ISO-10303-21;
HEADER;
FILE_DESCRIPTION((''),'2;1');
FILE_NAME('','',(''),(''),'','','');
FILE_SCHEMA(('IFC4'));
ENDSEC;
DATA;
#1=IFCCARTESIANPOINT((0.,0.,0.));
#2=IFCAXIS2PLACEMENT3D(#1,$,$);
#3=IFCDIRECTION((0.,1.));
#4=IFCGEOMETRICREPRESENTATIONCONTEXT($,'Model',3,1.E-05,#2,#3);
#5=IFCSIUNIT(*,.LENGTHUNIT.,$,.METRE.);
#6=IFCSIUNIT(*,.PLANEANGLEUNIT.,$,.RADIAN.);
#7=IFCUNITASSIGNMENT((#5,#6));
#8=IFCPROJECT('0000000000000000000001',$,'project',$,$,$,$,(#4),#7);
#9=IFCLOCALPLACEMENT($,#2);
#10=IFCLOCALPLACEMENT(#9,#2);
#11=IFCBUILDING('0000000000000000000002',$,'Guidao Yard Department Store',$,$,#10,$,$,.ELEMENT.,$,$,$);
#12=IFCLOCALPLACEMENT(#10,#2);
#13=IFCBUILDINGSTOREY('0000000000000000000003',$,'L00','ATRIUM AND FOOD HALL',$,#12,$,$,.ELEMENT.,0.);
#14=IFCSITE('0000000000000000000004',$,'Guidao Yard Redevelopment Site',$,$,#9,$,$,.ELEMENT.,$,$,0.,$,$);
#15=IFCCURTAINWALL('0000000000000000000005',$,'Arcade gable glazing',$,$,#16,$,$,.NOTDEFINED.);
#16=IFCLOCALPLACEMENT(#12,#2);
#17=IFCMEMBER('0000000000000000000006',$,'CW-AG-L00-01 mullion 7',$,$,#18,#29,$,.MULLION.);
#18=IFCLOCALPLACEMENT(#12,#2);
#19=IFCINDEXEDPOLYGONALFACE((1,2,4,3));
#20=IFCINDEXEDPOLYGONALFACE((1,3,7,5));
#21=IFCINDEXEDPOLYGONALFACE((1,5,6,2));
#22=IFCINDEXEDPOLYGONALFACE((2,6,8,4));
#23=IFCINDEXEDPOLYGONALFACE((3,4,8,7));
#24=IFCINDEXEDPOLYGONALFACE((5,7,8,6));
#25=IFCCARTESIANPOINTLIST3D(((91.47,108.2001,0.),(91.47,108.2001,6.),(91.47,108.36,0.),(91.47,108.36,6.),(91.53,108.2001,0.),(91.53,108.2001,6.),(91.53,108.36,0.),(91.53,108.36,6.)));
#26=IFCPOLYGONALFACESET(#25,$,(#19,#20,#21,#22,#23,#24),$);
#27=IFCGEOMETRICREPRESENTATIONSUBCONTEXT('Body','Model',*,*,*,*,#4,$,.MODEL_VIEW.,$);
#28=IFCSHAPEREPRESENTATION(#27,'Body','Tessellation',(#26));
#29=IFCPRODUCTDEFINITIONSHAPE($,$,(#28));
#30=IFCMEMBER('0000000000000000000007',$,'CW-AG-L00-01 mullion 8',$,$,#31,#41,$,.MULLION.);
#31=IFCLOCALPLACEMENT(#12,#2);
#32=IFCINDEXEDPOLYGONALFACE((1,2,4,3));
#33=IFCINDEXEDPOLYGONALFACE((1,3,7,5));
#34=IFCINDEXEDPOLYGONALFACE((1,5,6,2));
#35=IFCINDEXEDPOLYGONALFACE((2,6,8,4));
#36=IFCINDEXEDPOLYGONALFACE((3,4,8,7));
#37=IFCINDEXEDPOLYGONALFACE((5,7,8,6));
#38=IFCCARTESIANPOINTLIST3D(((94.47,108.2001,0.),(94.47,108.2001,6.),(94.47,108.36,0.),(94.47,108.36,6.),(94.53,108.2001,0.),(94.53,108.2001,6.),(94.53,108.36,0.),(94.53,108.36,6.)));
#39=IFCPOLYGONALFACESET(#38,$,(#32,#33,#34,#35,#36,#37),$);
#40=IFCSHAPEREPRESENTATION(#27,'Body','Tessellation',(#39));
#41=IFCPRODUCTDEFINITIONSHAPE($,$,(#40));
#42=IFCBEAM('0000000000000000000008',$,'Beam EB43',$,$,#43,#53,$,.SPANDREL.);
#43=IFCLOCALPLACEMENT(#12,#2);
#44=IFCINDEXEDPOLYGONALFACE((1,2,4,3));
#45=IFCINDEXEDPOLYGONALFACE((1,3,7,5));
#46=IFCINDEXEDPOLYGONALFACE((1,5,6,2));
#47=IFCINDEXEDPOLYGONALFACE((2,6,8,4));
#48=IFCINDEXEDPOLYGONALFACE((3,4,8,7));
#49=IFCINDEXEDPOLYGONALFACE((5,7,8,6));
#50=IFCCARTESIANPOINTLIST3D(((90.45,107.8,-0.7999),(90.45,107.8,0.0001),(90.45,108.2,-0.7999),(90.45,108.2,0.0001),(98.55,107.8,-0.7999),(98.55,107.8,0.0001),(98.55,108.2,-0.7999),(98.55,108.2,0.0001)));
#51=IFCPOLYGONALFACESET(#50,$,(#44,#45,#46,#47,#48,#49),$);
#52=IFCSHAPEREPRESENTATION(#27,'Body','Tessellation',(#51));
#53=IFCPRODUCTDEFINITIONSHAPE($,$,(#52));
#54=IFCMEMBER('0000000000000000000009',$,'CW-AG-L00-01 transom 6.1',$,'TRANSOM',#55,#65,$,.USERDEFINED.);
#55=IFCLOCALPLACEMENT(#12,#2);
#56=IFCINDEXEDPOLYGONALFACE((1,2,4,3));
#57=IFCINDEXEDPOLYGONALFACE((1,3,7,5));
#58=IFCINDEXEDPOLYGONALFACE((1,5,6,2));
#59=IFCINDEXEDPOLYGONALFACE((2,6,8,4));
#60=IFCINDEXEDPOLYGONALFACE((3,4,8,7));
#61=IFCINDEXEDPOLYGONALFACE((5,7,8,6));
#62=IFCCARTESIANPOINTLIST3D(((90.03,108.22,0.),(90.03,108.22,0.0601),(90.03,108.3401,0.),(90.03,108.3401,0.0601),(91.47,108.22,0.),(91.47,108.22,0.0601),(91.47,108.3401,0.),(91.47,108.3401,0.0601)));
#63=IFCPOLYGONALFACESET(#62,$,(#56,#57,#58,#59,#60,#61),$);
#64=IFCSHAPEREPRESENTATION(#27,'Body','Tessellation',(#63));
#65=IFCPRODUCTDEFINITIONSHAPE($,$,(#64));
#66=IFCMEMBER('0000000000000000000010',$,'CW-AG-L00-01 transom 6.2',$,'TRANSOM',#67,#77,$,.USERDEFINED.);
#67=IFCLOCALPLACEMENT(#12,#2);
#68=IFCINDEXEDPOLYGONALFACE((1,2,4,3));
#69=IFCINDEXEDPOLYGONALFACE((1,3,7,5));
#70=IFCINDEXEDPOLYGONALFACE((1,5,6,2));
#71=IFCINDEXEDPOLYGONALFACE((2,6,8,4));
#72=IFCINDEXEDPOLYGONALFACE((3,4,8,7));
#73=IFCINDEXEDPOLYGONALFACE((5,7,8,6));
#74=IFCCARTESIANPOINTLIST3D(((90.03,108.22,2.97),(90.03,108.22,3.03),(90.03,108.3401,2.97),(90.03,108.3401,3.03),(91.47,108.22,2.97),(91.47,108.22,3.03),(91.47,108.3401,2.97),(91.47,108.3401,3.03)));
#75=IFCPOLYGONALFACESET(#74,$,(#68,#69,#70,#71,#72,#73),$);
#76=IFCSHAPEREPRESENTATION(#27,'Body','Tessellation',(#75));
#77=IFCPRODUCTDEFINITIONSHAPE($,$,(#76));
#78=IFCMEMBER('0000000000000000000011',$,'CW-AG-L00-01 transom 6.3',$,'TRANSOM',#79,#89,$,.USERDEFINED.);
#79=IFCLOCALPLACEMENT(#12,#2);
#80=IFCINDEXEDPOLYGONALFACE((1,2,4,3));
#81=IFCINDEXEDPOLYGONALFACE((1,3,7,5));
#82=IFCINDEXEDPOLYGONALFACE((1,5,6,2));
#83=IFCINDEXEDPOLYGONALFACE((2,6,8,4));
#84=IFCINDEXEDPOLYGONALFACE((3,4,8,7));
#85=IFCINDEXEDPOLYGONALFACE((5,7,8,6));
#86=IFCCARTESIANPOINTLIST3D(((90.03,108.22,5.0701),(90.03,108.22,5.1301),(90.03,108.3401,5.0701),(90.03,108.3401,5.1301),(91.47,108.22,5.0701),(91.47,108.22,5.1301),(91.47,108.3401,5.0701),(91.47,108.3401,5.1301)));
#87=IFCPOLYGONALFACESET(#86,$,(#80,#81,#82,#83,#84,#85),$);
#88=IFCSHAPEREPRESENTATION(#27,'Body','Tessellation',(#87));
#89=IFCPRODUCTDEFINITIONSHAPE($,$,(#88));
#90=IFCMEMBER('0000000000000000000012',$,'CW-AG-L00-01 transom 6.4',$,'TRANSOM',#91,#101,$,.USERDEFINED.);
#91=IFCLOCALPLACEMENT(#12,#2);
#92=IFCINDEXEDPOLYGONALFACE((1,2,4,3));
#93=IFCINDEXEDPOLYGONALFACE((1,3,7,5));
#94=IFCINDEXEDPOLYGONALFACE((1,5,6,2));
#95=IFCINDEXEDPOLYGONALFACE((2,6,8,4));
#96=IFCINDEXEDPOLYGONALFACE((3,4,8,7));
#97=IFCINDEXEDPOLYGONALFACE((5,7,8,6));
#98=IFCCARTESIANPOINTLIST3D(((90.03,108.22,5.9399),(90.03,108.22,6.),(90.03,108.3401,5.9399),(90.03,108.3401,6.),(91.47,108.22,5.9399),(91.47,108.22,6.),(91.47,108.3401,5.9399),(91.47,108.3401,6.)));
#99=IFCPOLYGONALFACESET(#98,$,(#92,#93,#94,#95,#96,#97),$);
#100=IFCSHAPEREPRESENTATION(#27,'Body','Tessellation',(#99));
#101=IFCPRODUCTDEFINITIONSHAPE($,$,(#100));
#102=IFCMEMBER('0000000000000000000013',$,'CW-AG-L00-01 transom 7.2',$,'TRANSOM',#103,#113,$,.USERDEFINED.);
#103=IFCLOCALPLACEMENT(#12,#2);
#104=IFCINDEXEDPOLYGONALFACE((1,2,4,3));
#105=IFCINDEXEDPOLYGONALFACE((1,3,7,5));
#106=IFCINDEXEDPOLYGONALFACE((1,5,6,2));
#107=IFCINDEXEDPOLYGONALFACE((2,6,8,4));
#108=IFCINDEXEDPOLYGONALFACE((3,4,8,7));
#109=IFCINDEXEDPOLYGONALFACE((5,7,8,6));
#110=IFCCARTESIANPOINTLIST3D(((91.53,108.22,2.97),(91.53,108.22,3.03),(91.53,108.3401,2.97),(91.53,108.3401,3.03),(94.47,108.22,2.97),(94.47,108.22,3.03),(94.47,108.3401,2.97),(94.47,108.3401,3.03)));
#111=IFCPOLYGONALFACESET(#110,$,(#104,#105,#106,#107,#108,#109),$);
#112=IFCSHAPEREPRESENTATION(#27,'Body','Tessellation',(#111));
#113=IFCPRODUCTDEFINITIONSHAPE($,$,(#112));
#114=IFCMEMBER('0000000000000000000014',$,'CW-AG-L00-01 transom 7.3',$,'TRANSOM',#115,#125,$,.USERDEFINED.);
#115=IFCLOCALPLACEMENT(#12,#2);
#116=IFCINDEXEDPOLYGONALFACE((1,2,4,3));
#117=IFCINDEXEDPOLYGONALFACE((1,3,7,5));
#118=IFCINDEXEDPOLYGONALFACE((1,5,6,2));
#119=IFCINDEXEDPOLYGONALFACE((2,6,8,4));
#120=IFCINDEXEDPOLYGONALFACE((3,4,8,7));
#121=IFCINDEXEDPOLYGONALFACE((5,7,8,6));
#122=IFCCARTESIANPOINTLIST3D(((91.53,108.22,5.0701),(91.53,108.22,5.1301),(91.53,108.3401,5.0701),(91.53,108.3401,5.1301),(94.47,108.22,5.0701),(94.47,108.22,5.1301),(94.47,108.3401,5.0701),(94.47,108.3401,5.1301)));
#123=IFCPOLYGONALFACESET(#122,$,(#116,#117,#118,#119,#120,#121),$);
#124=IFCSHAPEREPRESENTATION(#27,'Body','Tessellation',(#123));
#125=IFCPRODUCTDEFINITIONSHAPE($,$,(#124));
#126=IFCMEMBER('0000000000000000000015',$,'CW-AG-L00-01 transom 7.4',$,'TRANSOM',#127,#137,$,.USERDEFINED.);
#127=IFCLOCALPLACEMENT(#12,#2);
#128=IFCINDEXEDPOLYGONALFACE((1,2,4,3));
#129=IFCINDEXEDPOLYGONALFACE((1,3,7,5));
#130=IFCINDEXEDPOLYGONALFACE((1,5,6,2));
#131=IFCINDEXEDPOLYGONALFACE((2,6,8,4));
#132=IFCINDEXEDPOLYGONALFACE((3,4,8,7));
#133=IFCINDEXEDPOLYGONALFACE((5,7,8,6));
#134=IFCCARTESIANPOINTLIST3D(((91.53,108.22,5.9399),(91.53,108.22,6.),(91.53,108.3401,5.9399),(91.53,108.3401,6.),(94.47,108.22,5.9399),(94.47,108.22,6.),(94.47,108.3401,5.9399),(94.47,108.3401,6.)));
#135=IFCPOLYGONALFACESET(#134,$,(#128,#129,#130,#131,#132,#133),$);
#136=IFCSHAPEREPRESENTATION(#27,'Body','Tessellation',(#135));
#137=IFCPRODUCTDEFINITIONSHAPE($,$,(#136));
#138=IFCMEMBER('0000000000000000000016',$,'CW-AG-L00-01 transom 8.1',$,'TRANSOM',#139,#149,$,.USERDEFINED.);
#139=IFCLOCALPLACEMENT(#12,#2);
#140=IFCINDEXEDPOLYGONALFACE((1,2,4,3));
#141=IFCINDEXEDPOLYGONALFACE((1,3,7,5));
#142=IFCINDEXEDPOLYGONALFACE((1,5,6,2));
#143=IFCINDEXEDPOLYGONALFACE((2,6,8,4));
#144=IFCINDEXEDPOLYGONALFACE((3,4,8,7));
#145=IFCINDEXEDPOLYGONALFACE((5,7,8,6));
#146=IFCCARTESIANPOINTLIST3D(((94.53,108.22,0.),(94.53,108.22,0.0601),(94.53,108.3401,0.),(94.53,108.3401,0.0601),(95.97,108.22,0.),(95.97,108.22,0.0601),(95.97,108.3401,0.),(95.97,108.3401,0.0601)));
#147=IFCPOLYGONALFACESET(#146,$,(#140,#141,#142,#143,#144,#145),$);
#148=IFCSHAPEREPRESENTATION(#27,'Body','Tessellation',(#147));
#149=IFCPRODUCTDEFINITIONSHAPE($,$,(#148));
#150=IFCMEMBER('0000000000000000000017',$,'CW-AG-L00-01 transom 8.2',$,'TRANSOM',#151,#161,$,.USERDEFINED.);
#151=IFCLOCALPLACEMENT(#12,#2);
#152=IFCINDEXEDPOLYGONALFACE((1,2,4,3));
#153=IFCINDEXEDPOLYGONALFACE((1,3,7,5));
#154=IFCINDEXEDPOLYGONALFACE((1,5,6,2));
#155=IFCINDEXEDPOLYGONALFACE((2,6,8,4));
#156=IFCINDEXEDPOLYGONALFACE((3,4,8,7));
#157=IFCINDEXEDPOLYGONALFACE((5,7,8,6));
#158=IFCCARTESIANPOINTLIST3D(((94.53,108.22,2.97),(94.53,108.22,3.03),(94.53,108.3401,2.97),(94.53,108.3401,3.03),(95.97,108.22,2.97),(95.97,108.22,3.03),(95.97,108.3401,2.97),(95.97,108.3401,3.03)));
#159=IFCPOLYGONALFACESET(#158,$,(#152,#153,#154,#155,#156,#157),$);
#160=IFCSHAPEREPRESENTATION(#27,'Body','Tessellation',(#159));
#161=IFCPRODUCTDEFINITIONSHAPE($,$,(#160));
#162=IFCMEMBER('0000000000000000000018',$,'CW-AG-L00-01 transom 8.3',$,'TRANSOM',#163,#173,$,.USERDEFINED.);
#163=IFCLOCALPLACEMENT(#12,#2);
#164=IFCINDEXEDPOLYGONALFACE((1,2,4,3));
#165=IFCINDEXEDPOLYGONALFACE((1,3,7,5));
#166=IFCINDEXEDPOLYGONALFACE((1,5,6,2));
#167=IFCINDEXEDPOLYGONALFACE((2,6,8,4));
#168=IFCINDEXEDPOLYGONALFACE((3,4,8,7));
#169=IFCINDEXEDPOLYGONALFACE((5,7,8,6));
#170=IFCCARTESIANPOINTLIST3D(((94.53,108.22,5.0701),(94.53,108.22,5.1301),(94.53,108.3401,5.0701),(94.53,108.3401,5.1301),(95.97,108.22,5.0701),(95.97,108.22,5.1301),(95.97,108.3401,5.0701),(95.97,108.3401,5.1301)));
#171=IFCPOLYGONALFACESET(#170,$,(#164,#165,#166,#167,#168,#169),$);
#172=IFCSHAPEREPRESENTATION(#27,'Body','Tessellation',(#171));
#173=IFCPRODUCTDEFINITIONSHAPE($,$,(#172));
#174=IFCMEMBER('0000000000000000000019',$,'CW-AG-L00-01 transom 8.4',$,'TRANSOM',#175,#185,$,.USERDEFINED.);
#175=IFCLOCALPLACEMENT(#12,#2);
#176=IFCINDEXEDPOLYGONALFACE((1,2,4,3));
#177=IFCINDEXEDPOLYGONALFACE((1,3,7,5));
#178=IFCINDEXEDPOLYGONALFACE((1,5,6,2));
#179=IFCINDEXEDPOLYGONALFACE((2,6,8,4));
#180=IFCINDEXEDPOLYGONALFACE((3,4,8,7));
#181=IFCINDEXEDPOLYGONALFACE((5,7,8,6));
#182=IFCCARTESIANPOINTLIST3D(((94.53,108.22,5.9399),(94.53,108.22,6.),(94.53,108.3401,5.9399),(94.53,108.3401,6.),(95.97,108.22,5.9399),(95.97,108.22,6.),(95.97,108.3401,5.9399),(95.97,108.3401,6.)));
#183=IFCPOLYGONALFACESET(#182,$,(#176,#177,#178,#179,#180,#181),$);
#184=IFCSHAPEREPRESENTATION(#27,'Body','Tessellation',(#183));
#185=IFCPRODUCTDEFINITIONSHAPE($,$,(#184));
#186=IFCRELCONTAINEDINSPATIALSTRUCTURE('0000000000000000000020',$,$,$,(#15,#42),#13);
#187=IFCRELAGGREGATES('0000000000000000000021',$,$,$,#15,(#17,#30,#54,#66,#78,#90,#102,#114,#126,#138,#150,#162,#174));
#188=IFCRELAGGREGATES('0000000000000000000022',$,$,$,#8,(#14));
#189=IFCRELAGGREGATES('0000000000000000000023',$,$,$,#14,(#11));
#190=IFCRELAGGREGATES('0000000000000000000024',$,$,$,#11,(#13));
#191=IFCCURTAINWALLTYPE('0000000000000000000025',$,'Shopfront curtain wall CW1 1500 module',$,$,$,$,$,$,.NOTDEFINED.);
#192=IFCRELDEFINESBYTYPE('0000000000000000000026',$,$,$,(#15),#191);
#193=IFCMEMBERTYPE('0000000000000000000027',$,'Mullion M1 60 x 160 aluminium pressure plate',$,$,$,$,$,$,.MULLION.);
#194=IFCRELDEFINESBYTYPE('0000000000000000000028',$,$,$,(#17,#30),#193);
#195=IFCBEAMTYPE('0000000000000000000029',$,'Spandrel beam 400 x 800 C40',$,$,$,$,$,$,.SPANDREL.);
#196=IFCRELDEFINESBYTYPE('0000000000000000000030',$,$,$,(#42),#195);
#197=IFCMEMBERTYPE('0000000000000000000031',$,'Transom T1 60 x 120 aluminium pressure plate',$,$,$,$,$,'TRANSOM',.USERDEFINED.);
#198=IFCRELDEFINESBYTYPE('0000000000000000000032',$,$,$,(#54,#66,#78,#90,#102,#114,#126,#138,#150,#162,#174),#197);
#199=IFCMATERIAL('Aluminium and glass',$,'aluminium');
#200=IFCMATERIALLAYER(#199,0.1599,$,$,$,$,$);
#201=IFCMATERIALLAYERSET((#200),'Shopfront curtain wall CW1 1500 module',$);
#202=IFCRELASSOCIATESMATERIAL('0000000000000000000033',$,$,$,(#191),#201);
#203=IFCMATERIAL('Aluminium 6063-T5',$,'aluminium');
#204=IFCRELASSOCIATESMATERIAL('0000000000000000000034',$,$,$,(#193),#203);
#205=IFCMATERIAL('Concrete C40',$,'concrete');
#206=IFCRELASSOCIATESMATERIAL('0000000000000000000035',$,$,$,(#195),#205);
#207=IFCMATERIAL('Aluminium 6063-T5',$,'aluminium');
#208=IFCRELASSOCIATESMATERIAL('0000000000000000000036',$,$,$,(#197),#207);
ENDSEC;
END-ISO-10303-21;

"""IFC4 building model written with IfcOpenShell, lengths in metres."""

from ifc_helpers import new_model, si_unit, direction, frame, origin, origin_2d, place, context, subcontext, project, spatial, rectangle, extrude, material, layer, layer_set, material_profile, profile_set, type_object, element, aggregate, save


model = new_model("IFC4")

# Units and contexts
model_context = context("Model", 3, precision=1e-05, world=origin(), true_north=direction((0.0, 1.0)))
body_context = subcontext(model_context, "Body", "Model", "MODEL_VIEW")
ifc_project = project(units=[si_unit("LENGTHUNIT", "METRE"), si_unit("PLANEANGLEUNIT", "RADIAN")], contexts=[model_context])

# Site, building, storey
site_placement = place(None, origin())
site = spatial("IfcSite", under=ifc_project, at=site_placement, Name="Guidao Yard Redevelopment Site", CompositionType="ELEMENT", RefElevation=0.0)
building_placement = place(site_placement, origin())
building = spatial("IfcBuilding", under=site, at=building_placement, Name="Guidao Yard Department Store", CompositionType="ELEMENT")
storey_placement = place(building_placement, origin())
storey = spatial("IfcBuildingStorey", under=building, at=storey_placement, Name="L00", Description="ATRIUM AND FOOD HALL", CompositionType="ELEMENT", Elevation=0.0)

# Curtain wall, members
ifc_material_1 = material(Name="Aluminium and glass", Category="aluminium")
ifc_layer_1 = layer(ifc_material_1, 0.1599)
ifc_layer_set_1 = layer_set([ifc_layer_1], Name="Shopfront curtain wall CW1 1500 module")
curtain_wall_type = type_object("IfcCurtainWallType", Name="Shopfront curtain wall CW1 1500 module", PredefinedType="NOTDEFINED", material=ifc_layer_set_1)
curtain_wall_placement = place(storey_placement, origin())
curtain_wall = element("IfcCurtainWall", 1, at=curtain_wall_placement, inside=storey, type_object=curtain_wall_type, Name="Arcade gable glazing", PredefinedType="NOTDEFINED")
ifc_material_2 = material(Name="Aluminium 6063-T5", Category="aluminium")
ifc_material_profile_1 = material_profile(ifc_material_2, rectangle(XDim=0.0601, YDim=0.1599, at=origin_2d()), Name="Mullion M1 60 x 160 aluminium pressure plate")
ifc_profile_set_1 = profile_set([ifc_material_profile_1], Name="Aluminium 6063-T5")
member_type_1 = type_object("IfcMemberType", Name="Mullion M1 60 x 160 aluminium pressure plate", PredefinedType="MULLION", material=ifc_profile_set_1)
member_1_placement = place(storey_placement, frame((91.5, 108.28, 0.0), z_axis=(0.0, 0.0, 1.0), x_axis=(1.0, 0.0, 0.0)))
member_1 = element("IfcMember", 2, at=member_1_placement, type_object=member_type_1, Name="CW-AG-L00-01 mullion 7", PredefinedType="MULLION", context=body_context, shape_type="SweptSolid", body=[
    extrude(rectangle(XDim=0.0601, YDim=0.1599, at=origin_2d()), origin(), (0.0, 0.0, 1.0), 6.0),
])
member_2_placement = place(storey_placement, frame((94.5, 108.28, 0.0), z_axis=(0.0, 0.0, 1.0), x_axis=(1.0, 0.0, 0.0)))
member_2 = element("IfcMember", 3, at=member_2_placement, type_object=member_type_1, Name="CW-AG-L00-01 mullion 8", PredefinedType="MULLION", context=body_context, shape_type="SweptSolid", body=[
    extrude(rectangle(XDim=0.0601, YDim=0.1599, at=origin_2d()), origin(), (0.0, 0.0, 1.0), 6.0),
])

# Beam
ifc_material_3 = material(Name="Concrete C40", Category="concrete")
ifc_material_profile_2 = material_profile(ifc_material_3, rectangle(XDim=0.3999, YDim=0.8, at=origin_2d()), Name="Spandrel beam 400 x 800 C40")
ifc_profile_set_2 = profile_set([ifc_material_profile_2], Name="Concrete C40")
beam_type = type_object("IfcBeamType", Name="Spandrel beam 400 x 800 C40", PredefinedType="SPANDREL", material=ifc_profile_set_2)
beam_placement = place(storey_placement, frame((90.45, 108.0, -0.3999), z_axis=(1.0, 0.0, 0.0), x_axis=(0.0, 1.0, 0.0)))
element("IfcBeam", 4, at=beam_placement, inside=storey, type_object=beam_type, Name="Beam EB43", PredefinedType="SPANDREL", context=body_context, shape_type="SweptSolid", body=[
    extrude(rectangle(XDim=0.3999, YDim=0.8, at=origin_2d()), origin(), (0.0, 0.0, 1.0), 8.1001),
])

# Members
ifc_material_4 = material(Name="Aluminium 6063-T5", Category="aluminium")
ifc_material_profile_3 = material_profile(ifc_material_4, rectangle(XDim=0.1201, YDim=0.0601, at=origin_2d()), Name="Transom T1 60 x 120 aluminium pressure plate")
ifc_profile_set_3 = profile_set([ifc_material_profile_3], Name="Aluminium 6063-T5")
member_type_2 = type_object("IfcMemberType", Name="Transom T1 60 x 120 aluminium pressure plate", ElementType="TRANSOM", PredefinedType="USERDEFINED", material=ifc_profile_set_3)
member_3_placement = place(storey_placement, frame((90.03, 108.28, 0.03), z_axis=(1.0, 0.0, 0.0), x_axis=(0.0, 1.0, 0.0)))
member_3 = element("IfcMember", 5, at=member_3_placement, type_object=member_type_2, Name="CW-AG-L00-01 transom 6.1", ObjectType="TRANSOM", PredefinedType="USERDEFINED", context=body_context, shape_type="SweptSolid", body=[
    extrude(rectangle(XDim=0.1201, YDim=0.0601, at=origin_2d()), origin(), (0.0, 0.0, 1.0), 1.4399),
])
member_4_placement = place(storey_placement, frame((90.03, 108.28, 3.0), z_axis=(1.0, 0.0, 0.0), x_axis=(0.0, 1.0, 0.0)))
member_4 = element("IfcMember", 6, at=member_4_placement, type_object=member_type_2, Name="CW-AG-L00-01 transom 6.2", ObjectType="TRANSOM", PredefinedType="USERDEFINED", context=body_context, shape_type="SweptSolid", body=[
    extrude(rectangle(XDim=0.1201, YDim=0.0601, at=origin_2d()), origin(), (0.0, 0.0, 1.0), 1.4399),
])
member_5_placement = place(storey_placement, frame((90.03, 108.28, 5.1001), z_axis=(1.0, 0.0, 0.0), x_axis=(0.0, 1.0, 0.0)))
member_5 = element("IfcMember", 7, at=member_5_placement, type_object=member_type_2, Name="CW-AG-L00-01 transom 6.3", ObjectType="TRANSOM", PredefinedType="USERDEFINED", context=body_context, shape_type="SweptSolid", body=[
    extrude(rectangle(XDim=0.1201, YDim=0.0601, at=origin_2d()), origin(), (0.0, 0.0, 1.0), 1.4399),
])
member_6_placement = place(storey_placement, frame((90.03, 108.28, 5.97), z_axis=(1.0, 0.0, 0.0), x_axis=(0.0, 1.0, 0.0)))
member_6 = element("IfcMember", 8, at=member_6_placement, type_object=member_type_2, Name="CW-AG-L00-01 transom 6.4", ObjectType="TRANSOM", PredefinedType="USERDEFINED", context=body_context, shape_type="SweptSolid", body=[
    extrude(rectangle(XDim=0.1201, YDim=0.0601, at=origin_2d()), origin(), (0.0, 0.0, 1.0), 1.4399),
])
member_7_placement = place(storey_placement, frame((91.53, 108.28, 3.0), z_axis=(1.0, 0.0, 0.0), x_axis=(0.0, 1.0, 0.0)))
member_7 = element("IfcMember", 9, at=member_7_placement, type_object=member_type_2, Name="CW-AG-L00-01 transom 7.2", ObjectType="TRANSOM", PredefinedType="USERDEFINED", context=body_context, shape_type="SweptSolid", body=[
    extrude(rectangle(XDim=0.1201, YDim=0.0601, at=origin_2d()), origin(), (0.0, 0.0, 1.0), 2.9399),
])
member_8_placement = place(storey_placement, frame((91.53, 108.28, 5.1001), z_axis=(1.0, 0.0, 0.0), x_axis=(0.0, 1.0, 0.0)))
member_8 = element("IfcMember", 10, at=member_8_placement, type_object=member_type_2, Name="CW-AG-L00-01 transom 7.3", ObjectType="TRANSOM", PredefinedType="USERDEFINED", context=body_context, shape_type="SweptSolid", body=[
    extrude(rectangle(XDim=0.1201, YDim=0.0601, at=origin_2d()), origin(), (0.0, 0.0, 1.0), 2.9399),
])
member_9_placement = place(storey_placement, frame((91.53, 108.28, 5.97), z_axis=(1.0, 0.0, 0.0), x_axis=(0.0, 1.0, 0.0)))
member_9 = element("IfcMember", 11, at=member_9_placement, type_object=member_type_2, Name="CW-AG-L00-01 transom 7.4", ObjectType="TRANSOM", PredefinedType="USERDEFINED", context=body_context, shape_type="SweptSolid", body=[
    extrude(rectangle(XDim=0.1201, YDim=0.0601, at=origin_2d()), origin(), (0.0, 0.0, 1.0), 2.9399),
])
member_10_placement = place(storey_placement, frame((94.53, 108.28, 0.03), z_axis=(1.0, 0.0, 0.0), x_axis=(0.0, 1.0, 0.0)))
member_10 = element("IfcMember", 12, at=member_10_placement, type_object=member_type_2, Name="CW-AG-L00-01 transom 8.1", ObjectType="TRANSOM", PredefinedType="USERDEFINED", context=body_context, shape_type="SweptSolid", body=[
    extrude(rectangle(XDim=0.1201, YDim=0.0601, at=origin_2d()), origin(), (0.0, 0.0, 1.0), 1.4399),
])
member_11_placement = place(storey_placement, frame((94.53, 108.28, 3.0), z_axis=(1.0, 0.0, 0.0), x_axis=(0.0, 1.0, 0.0)))
member_11 = element("IfcMember", 13, at=member_11_placement, type_object=member_type_2, Name="CW-AG-L00-01 transom 8.2", ObjectType="TRANSOM", PredefinedType="USERDEFINED", context=body_context, shape_type="SweptSolid", body=[
    extrude(rectangle(XDim=0.1201, YDim=0.0601, at=origin_2d()), origin(), (0.0, 0.0, 1.0), 1.4399),
])
member_12_placement = place(storey_placement, frame((94.53, 108.28, 5.1001), z_axis=(1.0, 0.0, 0.0), x_axis=(0.0, 1.0, 0.0)))
member_12 = element("IfcMember", 14, at=member_12_placement, type_object=member_type_2, Name="CW-AG-L00-01 transom 8.3", ObjectType="TRANSOM", PredefinedType="USERDEFINED", context=body_context, shape_type="SweptSolid", body=[
    extrude(rectangle(XDim=0.1201, YDim=0.0601, at=origin_2d()), origin(), (0.0, 0.0, 1.0), 1.4399),
])
member_13_placement = place(storey_placement, frame((94.53, 108.28, 5.97), z_axis=(1.0, 0.0, 0.0), x_axis=(0.0, 1.0, 0.0)))
member_13 = element("IfcMember", 15, at=member_13_placement, type_object=member_type_2, Name="CW-AG-L00-01 transom 8.4", ObjectType="TRANSOM", PredefinedType="USERDEFINED", context=body_context, shape_type="SweptSolid", body=[
    extrude(rectangle(XDim=0.1201, YDim=0.0601, at=origin_2d()), origin(), (0.0, 0.0, 1.0), 1.4399),
])

aggregate(curtain_wall, [member_1, member_2, member_3, member_4, member_5, member_6, member_7, member_8, member_9, member_10, member_11, member_12, member_13])

save(model, "model.ifc")
